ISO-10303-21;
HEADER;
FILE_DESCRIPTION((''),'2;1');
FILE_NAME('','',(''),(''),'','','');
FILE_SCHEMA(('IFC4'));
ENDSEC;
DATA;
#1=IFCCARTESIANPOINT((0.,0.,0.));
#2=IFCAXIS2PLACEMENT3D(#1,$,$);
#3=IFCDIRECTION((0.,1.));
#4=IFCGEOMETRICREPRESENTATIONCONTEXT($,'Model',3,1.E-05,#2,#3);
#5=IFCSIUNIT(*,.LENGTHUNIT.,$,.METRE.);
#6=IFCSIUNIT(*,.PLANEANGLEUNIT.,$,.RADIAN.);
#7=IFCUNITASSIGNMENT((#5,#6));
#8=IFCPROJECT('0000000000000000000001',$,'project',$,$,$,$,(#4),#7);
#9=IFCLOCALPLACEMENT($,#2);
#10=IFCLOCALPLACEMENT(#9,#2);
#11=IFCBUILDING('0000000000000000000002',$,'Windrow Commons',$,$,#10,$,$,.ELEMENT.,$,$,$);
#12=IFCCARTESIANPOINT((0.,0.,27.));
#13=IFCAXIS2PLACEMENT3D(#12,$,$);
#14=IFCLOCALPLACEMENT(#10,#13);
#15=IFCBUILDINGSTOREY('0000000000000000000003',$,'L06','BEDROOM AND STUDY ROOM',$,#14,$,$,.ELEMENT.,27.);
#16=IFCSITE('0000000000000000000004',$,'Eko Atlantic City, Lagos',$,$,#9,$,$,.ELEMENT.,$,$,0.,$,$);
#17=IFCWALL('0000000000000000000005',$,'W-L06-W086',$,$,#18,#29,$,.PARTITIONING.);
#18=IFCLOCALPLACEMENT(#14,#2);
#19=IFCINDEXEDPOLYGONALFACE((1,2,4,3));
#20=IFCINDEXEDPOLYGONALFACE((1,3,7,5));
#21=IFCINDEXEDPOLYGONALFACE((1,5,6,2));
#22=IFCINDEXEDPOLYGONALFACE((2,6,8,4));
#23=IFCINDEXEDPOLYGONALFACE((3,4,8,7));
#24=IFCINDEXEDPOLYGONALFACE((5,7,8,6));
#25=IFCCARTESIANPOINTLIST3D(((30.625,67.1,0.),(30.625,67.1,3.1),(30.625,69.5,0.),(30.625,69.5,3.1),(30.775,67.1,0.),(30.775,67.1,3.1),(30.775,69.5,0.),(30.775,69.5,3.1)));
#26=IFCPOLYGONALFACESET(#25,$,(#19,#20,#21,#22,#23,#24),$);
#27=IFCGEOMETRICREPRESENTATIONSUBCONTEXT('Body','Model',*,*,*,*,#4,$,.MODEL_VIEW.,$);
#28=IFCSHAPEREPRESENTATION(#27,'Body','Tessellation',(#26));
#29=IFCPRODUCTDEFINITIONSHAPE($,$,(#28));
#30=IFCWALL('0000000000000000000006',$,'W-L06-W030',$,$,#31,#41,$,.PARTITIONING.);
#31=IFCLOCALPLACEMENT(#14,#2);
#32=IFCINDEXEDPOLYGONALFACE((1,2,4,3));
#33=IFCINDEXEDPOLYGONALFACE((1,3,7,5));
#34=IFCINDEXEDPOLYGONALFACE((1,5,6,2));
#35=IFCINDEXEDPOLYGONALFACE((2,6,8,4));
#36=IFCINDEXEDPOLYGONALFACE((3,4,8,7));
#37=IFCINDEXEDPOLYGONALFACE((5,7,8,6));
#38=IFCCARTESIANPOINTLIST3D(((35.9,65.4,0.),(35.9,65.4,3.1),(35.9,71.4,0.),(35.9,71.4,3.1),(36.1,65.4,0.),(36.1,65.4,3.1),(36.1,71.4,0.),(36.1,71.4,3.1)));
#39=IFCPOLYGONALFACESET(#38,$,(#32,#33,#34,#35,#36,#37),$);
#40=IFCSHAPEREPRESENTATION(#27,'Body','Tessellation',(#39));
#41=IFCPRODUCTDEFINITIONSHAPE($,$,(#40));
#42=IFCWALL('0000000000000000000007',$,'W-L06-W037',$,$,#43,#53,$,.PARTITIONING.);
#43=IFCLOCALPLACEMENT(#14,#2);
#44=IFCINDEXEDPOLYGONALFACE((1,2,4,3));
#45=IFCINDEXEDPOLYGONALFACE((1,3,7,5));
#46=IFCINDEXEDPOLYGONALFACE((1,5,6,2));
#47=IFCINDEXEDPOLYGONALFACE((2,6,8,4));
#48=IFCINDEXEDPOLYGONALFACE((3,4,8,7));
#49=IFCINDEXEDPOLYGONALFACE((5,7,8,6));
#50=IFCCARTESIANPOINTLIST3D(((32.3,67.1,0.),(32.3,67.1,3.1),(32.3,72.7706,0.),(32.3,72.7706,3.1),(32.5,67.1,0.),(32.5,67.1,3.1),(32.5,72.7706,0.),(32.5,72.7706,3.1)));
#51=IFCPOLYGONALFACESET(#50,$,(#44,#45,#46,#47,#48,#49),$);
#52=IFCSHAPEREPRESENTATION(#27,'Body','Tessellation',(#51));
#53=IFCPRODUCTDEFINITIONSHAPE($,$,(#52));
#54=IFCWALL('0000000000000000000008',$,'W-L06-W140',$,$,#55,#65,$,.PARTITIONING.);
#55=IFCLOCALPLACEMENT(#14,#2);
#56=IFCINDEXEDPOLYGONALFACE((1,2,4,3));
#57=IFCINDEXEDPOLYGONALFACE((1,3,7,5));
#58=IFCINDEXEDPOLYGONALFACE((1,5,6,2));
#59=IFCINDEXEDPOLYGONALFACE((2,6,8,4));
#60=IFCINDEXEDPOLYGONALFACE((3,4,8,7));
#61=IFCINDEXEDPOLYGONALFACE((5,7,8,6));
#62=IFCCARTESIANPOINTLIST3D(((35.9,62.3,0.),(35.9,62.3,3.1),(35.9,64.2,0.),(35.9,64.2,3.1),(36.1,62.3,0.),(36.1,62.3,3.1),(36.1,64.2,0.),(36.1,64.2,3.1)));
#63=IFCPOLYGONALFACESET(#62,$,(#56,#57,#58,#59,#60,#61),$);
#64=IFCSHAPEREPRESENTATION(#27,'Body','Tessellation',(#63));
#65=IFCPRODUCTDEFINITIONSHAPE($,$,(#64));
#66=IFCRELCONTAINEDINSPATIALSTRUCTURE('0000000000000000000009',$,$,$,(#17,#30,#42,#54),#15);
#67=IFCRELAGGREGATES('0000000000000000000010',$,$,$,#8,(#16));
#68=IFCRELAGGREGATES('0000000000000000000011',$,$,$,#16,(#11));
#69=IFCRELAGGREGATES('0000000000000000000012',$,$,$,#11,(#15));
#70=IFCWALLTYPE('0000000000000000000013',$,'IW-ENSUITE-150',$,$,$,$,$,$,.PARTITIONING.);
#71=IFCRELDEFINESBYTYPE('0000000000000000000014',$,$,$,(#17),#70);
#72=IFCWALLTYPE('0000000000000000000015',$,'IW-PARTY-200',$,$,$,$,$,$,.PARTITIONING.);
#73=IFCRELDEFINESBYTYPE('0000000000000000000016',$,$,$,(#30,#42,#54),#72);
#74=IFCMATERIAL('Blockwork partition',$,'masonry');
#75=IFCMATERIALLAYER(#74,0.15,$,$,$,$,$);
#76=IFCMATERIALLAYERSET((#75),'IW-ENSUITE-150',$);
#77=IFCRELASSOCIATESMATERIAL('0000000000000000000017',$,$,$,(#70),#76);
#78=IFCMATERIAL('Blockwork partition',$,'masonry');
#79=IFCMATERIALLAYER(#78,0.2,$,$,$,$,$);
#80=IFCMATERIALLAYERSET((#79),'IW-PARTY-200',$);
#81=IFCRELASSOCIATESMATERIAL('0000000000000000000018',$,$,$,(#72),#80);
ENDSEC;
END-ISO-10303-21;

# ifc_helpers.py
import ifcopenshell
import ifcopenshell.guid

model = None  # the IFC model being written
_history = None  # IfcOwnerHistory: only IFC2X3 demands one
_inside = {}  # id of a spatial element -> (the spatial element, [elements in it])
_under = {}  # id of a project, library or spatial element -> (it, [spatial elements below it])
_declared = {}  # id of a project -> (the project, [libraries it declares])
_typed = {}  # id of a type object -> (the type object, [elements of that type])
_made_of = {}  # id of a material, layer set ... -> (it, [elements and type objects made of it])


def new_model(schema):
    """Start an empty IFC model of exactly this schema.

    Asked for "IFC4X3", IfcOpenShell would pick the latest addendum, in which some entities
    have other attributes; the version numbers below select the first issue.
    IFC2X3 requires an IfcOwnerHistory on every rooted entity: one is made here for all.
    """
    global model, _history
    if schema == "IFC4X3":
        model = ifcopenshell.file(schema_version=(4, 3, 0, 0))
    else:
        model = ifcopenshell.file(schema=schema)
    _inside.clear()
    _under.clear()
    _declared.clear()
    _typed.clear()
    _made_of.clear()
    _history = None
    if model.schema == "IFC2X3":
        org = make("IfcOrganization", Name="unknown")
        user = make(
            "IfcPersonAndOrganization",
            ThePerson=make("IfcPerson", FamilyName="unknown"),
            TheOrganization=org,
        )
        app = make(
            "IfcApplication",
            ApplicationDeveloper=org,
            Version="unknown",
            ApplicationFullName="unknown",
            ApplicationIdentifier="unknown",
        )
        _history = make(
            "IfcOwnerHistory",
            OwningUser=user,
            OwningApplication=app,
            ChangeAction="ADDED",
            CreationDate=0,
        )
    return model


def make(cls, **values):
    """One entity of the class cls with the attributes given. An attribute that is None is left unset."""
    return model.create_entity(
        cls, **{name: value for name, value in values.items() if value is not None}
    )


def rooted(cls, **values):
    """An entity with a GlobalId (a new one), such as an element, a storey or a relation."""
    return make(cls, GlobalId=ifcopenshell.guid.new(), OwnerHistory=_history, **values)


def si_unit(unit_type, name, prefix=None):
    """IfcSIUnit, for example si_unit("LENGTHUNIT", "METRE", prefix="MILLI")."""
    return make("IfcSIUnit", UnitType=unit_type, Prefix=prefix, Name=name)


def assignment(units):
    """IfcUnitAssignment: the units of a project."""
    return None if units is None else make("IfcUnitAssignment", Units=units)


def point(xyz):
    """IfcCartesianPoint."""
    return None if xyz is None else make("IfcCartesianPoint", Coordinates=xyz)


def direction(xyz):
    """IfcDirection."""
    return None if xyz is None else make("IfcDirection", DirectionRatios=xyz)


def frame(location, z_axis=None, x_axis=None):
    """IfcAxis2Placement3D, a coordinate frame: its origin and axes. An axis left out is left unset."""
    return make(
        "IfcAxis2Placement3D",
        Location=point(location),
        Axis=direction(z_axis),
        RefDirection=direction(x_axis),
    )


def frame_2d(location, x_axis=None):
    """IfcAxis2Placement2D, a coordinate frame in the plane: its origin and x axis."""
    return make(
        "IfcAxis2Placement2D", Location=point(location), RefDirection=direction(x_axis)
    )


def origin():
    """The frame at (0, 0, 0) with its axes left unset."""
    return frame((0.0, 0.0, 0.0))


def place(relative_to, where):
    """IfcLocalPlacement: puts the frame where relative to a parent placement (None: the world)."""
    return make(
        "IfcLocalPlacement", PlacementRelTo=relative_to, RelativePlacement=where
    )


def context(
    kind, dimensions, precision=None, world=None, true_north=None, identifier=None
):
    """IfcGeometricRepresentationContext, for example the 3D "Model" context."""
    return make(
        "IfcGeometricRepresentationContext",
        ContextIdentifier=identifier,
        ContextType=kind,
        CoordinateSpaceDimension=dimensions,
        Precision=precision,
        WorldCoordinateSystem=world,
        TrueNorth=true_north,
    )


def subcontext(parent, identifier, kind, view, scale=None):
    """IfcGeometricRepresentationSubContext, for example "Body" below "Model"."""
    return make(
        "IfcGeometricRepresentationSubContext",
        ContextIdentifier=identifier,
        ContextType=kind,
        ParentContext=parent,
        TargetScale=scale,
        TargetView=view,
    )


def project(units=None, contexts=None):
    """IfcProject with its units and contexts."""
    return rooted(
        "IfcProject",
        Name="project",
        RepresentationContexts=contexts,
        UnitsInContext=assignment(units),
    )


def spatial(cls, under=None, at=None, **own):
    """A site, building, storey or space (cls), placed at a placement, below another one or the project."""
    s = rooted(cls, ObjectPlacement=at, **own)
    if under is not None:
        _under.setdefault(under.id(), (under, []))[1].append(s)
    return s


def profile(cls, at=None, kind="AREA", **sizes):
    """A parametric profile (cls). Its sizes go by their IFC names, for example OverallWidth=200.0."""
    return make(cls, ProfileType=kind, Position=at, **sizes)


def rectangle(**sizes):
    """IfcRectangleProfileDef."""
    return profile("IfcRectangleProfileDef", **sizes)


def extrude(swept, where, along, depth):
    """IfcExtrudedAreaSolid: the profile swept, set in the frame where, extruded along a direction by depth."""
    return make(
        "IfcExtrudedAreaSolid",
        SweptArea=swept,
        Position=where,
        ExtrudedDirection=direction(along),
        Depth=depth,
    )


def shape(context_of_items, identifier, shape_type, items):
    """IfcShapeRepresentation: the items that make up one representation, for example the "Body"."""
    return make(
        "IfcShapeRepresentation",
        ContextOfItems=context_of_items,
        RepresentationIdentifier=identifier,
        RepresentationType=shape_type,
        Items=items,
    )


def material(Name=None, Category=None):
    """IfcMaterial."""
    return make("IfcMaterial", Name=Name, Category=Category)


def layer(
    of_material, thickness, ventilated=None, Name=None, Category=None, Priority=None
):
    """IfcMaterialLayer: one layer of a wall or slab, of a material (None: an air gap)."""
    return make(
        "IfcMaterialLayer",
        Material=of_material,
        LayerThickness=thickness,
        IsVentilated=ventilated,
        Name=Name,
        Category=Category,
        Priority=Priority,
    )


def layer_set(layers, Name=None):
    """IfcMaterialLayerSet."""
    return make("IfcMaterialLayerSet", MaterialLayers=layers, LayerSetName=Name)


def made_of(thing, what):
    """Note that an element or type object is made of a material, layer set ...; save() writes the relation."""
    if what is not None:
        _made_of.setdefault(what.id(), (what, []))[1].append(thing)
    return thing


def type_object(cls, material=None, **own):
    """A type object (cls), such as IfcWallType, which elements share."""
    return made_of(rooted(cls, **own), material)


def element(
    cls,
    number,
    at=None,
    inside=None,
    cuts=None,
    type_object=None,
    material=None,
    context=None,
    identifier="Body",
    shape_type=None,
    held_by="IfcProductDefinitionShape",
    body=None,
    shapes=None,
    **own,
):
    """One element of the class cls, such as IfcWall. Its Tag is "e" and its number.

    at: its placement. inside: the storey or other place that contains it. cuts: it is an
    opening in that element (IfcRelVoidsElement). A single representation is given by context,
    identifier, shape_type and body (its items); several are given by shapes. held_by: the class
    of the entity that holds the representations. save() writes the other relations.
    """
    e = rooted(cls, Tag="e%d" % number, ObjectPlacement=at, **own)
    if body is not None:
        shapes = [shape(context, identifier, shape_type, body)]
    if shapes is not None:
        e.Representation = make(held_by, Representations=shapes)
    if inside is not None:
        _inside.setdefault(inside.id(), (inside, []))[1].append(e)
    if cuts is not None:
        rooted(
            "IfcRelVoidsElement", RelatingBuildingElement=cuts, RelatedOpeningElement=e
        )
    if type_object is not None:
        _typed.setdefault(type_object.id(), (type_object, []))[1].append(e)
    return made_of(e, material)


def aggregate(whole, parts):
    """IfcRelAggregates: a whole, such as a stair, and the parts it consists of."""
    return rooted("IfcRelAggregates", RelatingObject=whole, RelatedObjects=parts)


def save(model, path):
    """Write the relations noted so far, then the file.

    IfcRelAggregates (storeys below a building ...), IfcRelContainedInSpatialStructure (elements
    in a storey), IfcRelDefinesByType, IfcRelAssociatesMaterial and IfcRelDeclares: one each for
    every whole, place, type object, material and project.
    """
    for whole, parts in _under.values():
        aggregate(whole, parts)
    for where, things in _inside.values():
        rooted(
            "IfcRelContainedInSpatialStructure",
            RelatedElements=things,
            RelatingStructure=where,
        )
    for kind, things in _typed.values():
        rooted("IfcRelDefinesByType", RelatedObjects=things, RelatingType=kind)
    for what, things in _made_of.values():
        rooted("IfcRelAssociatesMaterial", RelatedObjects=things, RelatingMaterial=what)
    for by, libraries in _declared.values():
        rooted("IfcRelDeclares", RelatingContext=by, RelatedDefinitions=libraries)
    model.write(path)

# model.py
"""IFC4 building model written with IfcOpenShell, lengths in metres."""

from ifc_helpers import new_model, si_unit, direction, frame, frame_2d, origin, place, context, subcontext, project, spatial, rectangle, extrude, material, layer, layer_set, type_object, element, save


model = new_model("IFC4")

# Units and contexts
model_context = context("Model", 3, precision=1e-05, world=origin(), true_north=direction((0.0, 1.0)))
body_context = subcontext(model_context, "Body", "Model", "MODEL_VIEW")
ifc_project = project(units=[si_unit("LENGTHUNIT", "METRE"), si_unit("PLANEANGLEUNIT", "RADIAN")], contexts=[model_context])

# Site, building, storey
site_placement = place(None, origin())
site = spatial("IfcSite", under=ifc_project, at=site_placement, Name="Eko Atlantic City, Lagos", CompositionType="ELEMENT", RefElevation=0.0)
building_placement = place(site_placement, origin())
building = spatial("IfcBuilding", under=site, at=building_placement, Name="Windrow Commons", CompositionType="ELEMENT")
storey_placement = place(building_placement, frame((0.0, 0.0, 27.0)))
storey = spatial("IfcBuildingStorey", under=building, at=storey_placement, Name="L06", Description="BEDROOM AND STUDY ROOM", CompositionType="ELEMENT", Elevation=27.0)

# Walls
ifc_material_1 = material(Name="Blockwork partition", Category="masonry")
ifc_layer_1 = layer(ifc_material_1, 0.15)
ifc_layer_set_1 = layer_set([ifc_layer_1], Name="IW-ENSUITE-150")
wall_type_1 = type_object("IfcWallType", Name="IW-ENSUITE-150", PredefinedType="PARTITIONING", material=ifc_layer_set_1)
wall_1_placement = place(storey_placement, frame((30.7, 67.1, 0.0), z_axis=(0.0, 0.0, 1.0), x_axis=(0.0, 1.0, 0.0)))
element("IfcWall", 1, at=wall_1_placement, inside=storey, type_object=wall_type_1, Name="W-L06-W086", PredefinedType="PARTITIONING", context=body_context, shape_type="SweptSolid", body=[
    extrude(rectangle(XDim=2.4, YDim=0.15, at=frame_2d((1.2, 0.0))), origin(), (0.0, 0.0, 1.0), 3.1),
])
ifc_material_2 = material(Name="Blockwork partition", Category="masonry")
ifc_layer_2 = layer(ifc_material_2, 0.2)
ifc_layer_set_2 = layer_set([ifc_layer_2], Name="IW-PARTY-200")
wall_type_2 = type_object("IfcWallType", Name="IW-PARTY-200", PredefinedType="PARTITIONING", material=ifc_layer_set_2)
wall_2_placement = place(storey_placement, frame((36.0, 65.4, 0.0), z_axis=(0.0, 0.0, 1.0), x_axis=(0.0, 1.0, 0.0)))
element("IfcWall", 2, at=wall_2_placement, inside=storey, type_object=wall_type_2, Name="W-L06-W030", PredefinedType="PARTITIONING", context=body_context, shape_type="SweptSolid", body=[
    extrude(rectangle(XDim=6.0, YDim=0.2, at=frame_2d((3.0, 0.0))), origin(), (0.0, 0.0, 1.0), 3.1),
])
wall_3_placement = place(storey_placement, frame((32.4, 67.1, 0.0), z_axis=(0.0, 0.0, 1.0), x_axis=(0.0, 1.0, 0.0)))
element("IfcWall", 3, at=wall_3_placement, inside=storey, type_object=wall_type_2, Name="W-L06-W037", PredefinedType="PARTITIONING", context=body_context, shape_type="SweptSolid", body=[
    extrude(rectangle(XDim=5.6706, YDim=0.2, at=frame_2d((2.8353, 0.0))), origin(), (0.0, 0.0, 1.0), 3.1),
])
wall_4_placement = place(storey_placement, frame((36.0, 62.3, 0.0), z_axis=(0.0, 0.0, 1.0), x_axis=(0.0, 1.0, 0.0)))
element("IfcWall", 4, at=wall_4_placement, inside=storey, type_object=wall_type_2, Name="W-L06-W140", PredefinedType="PARTITIONING", context=body_context, shape_type="SweptSolid", body=[
    extrude(rectangle(XDim=1.9, YDim=0.2, at=frame_2d((0.95, 0.0))), origin(), (0.0, 0.0, 1.0), 3.1),
])

save(model, "model.ifc")
